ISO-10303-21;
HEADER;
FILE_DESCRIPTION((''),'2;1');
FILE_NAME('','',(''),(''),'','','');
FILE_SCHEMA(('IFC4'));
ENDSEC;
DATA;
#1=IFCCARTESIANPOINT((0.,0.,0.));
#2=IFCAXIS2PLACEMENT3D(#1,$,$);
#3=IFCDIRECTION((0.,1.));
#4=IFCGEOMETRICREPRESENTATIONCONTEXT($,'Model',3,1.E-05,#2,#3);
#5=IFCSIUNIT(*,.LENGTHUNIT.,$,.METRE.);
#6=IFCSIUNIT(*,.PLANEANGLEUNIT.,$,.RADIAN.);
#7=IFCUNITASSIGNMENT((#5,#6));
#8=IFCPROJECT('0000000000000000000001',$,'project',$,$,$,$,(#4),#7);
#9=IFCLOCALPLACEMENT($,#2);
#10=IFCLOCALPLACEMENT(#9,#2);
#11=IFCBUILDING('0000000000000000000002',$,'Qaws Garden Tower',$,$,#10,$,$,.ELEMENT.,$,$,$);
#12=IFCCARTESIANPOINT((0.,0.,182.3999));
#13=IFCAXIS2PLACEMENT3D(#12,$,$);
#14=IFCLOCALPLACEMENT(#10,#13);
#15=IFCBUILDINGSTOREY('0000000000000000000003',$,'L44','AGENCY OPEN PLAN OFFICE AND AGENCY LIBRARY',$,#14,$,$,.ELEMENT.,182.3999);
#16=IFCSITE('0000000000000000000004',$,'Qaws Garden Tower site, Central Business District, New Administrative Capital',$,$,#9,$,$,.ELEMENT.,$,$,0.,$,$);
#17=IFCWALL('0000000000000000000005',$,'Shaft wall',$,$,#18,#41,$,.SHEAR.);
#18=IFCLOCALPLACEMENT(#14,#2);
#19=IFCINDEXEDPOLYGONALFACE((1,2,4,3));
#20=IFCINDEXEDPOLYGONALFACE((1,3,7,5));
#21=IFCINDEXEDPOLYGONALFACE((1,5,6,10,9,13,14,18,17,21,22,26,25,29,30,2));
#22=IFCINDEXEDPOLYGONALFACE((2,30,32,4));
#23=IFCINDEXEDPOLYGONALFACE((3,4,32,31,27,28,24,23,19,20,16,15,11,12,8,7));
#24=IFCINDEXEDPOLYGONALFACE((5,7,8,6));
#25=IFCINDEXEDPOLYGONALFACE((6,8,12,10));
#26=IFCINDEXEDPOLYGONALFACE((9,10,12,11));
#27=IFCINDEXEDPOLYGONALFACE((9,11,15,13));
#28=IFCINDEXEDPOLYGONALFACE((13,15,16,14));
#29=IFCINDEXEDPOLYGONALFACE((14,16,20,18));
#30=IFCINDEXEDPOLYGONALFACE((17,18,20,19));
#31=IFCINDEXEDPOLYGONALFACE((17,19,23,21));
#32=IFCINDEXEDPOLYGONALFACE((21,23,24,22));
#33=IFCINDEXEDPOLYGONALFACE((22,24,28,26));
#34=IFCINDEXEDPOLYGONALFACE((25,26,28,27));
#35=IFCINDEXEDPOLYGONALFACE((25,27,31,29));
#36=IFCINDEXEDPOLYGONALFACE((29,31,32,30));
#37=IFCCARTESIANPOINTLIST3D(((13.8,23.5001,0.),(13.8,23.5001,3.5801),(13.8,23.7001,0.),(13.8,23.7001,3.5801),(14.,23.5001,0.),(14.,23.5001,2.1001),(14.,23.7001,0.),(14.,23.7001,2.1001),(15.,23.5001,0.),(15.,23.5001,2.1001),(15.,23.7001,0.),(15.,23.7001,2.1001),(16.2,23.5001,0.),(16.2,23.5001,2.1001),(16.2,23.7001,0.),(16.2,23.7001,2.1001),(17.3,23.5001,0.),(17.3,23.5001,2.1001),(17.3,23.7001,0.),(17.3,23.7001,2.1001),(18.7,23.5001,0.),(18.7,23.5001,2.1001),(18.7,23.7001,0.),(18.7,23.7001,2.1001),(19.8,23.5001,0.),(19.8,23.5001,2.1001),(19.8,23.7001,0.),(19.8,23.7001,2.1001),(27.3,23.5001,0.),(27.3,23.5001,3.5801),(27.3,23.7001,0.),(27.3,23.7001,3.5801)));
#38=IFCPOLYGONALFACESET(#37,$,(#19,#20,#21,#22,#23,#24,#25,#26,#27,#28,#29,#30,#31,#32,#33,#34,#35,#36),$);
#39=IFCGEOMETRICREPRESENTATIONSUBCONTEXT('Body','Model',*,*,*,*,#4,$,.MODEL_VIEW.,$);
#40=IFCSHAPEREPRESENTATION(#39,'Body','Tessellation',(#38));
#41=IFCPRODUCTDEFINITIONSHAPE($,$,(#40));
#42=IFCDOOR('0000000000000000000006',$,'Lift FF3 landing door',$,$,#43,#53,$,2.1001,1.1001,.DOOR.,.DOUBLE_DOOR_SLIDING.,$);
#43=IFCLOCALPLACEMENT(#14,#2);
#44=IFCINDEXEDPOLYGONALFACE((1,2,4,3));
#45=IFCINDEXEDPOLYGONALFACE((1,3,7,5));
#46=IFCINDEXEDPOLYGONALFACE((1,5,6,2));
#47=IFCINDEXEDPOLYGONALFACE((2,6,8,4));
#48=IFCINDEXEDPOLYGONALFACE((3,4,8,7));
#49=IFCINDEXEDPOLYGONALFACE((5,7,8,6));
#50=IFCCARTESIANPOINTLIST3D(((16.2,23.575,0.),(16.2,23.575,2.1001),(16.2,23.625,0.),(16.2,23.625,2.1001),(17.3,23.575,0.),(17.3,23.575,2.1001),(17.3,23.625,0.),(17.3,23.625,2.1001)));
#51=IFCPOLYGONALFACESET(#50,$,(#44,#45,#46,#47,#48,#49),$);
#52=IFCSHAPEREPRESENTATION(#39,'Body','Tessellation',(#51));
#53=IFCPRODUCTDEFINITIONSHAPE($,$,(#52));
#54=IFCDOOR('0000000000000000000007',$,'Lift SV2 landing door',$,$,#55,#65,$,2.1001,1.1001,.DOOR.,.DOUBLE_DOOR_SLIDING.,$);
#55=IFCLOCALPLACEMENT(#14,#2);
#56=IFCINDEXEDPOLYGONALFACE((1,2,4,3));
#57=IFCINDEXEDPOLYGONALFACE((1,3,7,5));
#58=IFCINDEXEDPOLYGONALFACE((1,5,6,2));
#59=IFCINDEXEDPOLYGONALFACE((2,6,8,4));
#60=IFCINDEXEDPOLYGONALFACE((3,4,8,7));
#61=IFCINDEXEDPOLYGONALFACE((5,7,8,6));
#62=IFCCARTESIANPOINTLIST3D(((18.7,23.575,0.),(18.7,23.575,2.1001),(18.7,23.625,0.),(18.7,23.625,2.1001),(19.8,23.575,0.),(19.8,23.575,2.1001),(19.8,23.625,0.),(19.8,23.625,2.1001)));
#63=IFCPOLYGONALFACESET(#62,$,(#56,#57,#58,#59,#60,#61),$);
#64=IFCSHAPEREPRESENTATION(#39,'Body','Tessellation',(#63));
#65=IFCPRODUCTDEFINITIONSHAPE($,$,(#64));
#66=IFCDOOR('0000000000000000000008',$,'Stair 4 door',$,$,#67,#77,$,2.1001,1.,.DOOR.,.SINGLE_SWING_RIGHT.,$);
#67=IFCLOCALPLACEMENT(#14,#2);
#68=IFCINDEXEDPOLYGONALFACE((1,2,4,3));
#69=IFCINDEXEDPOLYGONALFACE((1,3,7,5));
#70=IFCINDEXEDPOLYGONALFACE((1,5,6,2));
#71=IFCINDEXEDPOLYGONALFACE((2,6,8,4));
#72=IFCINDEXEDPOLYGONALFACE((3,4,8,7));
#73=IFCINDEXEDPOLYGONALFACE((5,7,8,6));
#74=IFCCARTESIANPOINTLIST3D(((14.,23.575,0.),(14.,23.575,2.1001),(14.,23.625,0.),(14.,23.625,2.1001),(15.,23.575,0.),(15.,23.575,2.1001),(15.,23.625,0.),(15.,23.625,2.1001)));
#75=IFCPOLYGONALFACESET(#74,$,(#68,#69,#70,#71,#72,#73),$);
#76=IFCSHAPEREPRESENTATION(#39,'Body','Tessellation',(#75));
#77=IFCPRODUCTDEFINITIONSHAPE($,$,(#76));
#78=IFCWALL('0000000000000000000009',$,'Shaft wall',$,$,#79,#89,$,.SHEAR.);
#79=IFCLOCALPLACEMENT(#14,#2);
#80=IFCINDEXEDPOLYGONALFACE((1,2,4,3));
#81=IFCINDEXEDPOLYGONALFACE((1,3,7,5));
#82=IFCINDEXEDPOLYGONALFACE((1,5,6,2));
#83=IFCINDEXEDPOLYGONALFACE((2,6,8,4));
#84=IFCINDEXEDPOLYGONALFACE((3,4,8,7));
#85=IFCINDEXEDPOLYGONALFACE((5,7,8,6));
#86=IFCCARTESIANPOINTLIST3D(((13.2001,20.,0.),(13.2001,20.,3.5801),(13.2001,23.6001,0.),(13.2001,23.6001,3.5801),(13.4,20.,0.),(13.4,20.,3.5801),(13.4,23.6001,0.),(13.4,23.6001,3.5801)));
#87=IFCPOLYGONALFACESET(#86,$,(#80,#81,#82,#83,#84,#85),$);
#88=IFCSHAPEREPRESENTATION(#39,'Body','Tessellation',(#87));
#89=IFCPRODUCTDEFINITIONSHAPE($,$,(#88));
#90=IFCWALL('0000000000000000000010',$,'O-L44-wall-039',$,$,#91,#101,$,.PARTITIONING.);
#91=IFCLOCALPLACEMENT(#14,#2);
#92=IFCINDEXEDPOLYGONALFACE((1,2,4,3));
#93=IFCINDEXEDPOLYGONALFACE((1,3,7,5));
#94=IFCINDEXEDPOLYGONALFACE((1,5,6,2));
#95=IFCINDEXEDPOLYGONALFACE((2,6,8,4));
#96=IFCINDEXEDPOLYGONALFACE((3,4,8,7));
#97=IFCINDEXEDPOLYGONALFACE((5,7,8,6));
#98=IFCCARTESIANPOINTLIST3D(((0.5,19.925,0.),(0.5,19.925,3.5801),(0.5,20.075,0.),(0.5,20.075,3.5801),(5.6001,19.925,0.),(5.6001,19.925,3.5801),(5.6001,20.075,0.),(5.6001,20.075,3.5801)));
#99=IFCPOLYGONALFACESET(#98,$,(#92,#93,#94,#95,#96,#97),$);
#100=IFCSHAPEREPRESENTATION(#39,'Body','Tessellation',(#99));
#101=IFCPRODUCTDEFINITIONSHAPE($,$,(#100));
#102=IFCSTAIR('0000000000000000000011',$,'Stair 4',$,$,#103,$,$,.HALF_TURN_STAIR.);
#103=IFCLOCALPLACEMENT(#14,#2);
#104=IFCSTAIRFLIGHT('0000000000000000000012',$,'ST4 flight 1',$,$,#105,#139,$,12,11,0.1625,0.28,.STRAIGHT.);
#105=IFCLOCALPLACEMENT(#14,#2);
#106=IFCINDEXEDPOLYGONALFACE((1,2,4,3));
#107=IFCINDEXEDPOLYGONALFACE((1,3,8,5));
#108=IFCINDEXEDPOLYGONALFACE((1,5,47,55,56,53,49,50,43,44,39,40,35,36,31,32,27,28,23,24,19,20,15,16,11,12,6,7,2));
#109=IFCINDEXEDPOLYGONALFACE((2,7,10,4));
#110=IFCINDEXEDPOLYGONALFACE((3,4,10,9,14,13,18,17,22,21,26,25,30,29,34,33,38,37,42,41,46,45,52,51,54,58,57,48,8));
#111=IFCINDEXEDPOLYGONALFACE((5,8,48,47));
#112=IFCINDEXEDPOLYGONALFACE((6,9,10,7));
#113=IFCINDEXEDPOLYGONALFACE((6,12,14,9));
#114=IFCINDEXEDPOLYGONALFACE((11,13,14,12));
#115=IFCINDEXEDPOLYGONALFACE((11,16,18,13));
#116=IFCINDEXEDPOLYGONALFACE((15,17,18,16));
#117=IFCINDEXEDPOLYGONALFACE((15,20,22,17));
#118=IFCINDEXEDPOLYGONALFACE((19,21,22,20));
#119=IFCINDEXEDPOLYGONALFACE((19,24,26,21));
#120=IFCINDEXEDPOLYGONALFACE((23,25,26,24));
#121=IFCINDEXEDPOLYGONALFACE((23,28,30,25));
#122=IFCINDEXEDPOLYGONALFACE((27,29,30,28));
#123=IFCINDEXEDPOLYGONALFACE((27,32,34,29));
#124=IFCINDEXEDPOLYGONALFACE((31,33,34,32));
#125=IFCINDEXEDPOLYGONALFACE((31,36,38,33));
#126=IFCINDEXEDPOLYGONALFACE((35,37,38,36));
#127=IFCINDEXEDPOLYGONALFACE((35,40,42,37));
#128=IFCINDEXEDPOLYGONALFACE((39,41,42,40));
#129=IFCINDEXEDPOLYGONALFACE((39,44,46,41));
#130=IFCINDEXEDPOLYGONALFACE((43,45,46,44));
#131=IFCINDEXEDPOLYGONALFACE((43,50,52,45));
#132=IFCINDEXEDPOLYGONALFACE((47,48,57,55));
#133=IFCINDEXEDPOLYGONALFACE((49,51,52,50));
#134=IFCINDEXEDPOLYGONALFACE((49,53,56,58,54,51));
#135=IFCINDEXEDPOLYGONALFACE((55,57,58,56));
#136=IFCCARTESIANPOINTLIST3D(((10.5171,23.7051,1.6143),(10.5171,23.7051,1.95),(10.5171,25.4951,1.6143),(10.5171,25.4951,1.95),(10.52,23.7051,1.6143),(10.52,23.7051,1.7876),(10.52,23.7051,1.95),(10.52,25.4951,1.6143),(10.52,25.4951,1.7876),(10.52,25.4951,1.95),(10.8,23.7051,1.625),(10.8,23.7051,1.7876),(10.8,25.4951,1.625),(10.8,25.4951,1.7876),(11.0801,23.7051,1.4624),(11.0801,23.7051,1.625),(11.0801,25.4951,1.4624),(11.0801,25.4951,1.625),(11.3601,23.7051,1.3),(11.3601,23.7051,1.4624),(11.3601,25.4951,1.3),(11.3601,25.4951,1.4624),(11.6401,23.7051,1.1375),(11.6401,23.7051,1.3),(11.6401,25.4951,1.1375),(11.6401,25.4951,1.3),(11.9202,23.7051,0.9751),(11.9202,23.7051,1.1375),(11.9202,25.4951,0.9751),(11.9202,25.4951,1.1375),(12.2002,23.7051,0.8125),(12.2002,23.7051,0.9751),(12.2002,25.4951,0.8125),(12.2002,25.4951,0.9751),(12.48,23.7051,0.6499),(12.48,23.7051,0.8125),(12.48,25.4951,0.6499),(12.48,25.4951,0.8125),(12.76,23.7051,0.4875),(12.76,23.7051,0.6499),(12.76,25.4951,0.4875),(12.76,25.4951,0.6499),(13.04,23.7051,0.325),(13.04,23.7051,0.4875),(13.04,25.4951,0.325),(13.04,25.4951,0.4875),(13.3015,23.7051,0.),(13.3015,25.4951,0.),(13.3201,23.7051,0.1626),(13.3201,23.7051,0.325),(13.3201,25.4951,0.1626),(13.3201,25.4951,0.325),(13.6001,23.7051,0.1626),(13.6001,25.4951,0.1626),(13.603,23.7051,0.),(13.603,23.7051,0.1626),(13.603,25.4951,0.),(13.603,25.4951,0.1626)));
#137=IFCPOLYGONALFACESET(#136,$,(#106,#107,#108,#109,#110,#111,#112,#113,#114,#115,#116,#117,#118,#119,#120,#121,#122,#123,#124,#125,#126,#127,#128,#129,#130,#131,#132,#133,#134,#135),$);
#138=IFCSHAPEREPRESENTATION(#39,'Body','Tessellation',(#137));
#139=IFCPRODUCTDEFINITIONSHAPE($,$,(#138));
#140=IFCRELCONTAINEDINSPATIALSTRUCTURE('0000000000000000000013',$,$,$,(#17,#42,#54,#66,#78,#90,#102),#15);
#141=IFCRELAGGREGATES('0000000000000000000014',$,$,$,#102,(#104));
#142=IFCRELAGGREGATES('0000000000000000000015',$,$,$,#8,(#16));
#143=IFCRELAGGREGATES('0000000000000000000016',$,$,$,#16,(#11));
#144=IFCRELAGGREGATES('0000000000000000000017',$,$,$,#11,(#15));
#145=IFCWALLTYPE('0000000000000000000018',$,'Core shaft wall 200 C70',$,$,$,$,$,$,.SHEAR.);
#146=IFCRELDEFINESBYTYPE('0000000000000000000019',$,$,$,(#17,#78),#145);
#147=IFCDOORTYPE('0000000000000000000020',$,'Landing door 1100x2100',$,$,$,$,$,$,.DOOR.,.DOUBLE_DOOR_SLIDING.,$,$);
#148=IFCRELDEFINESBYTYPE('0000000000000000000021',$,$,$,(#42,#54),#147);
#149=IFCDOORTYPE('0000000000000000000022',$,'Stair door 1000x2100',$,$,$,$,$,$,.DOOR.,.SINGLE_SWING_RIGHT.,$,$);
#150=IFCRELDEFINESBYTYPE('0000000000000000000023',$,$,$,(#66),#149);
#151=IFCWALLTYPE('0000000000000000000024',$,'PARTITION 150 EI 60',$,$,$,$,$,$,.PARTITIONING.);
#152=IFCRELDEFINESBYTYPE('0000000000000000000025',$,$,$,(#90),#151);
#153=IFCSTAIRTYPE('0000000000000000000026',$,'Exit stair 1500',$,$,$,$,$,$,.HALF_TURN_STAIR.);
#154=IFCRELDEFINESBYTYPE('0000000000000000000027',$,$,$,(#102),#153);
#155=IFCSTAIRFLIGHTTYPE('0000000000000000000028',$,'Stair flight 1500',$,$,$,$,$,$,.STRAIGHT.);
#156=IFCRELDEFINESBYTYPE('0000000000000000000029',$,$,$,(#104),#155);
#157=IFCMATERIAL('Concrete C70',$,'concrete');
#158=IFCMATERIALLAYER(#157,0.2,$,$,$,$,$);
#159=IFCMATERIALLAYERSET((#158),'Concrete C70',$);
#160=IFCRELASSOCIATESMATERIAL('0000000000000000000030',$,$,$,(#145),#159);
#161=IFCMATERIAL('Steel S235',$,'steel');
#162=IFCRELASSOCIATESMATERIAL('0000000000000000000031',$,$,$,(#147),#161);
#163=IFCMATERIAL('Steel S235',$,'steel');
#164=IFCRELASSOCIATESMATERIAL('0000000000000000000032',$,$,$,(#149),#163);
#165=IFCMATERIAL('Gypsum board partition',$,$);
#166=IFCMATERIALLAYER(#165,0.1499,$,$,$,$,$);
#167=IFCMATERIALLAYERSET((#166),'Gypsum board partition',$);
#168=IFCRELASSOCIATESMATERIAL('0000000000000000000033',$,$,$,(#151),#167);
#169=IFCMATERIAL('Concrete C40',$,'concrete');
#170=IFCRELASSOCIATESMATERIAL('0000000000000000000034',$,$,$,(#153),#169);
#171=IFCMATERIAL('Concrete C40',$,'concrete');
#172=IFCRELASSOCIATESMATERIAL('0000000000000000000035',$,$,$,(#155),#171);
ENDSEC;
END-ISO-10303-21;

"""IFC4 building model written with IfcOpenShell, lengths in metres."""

from ifc_helpers import new_model, si_unit, direction, frame, frame_2d, origin, place, context, subcontext, project, spatial, polyline, rectangle, outline, extrude, material, layer, layer_set, type_object, element, fill, aggregate, save


model = new_model("IFC4")

# Units and contexts
model_context = context("Model", 3, precision=1e-05, world=origin(), true_north=direction((0.0, 1.0)))
body_context = subcontext(model_context, "Body", "Model", "MODEL_VIEW")
ifc_project = project(units=[si_unit("LENGTHUNIT", "METRE"), si_unit("PLANEANGLEUNIT", "RADIAN")], contexts=[model_context])

# Site, building, storey
site_placement = place(None, origin())
site = spatial("IfcSite", under=ifc_project, at=site_placement, Name="Qaws Garden Tower site, Central Business District, New Administrative Capital", CompositionType="ELEMENT", RefElevation=0.0)
building_placement = place(site_placement, origin())
building = spatial("IfcBuilding", under=site, at=building_placement, Name="Qaws Garden Tower", CompositionType="ELEMENT")
storey_placement = place(building_placement, frame((0.0, 0.0, 182.3999)))
storey = spatial("IfcBuildingStorey", under=building, at=storey_placement, Name="L44", Description="AGENCY OPEN PLAN OFFICE AND AGENCY LIBRARY", CompositionType="ELEMENT", Elevation=182.3999)

# Shared definitions
ifc_material_1 = material(Name="Concrete C70", Category="concrete")
ifc_layer_1 = layer(ifc_material_1, 0.2)
ifc_layer_set_1 = layer_set([ifc_layer_1], Name="Concrete C70")
wall_type_1 = type_object("IfcWallType", Name="Core shaft wall 200 C70", PredefinedType="SHEAR", material=ifc_layer_set_1)

# Wall, openings, doors
wall_1_placement = place(storey_placement, frame((13.8, 23.6001, 0.0), z_axis=(0.0, 0.0, 1.0), x_axis=(1.0, 0.0, 0.0)))
wall_1 = element("IfcWall", 1, at=wall_1_placement, inside=storey, type_object=wall_type_1, Name="Shaft wall", PredefinedType="SHEAR", context=body_context, shape_type="SweptSolid", body=[
    extrude(rectangle(XDim=13.5, YDim=0.2, at=frame_2d((6.75, 0.0))), origin(), (0.0, 0.0, 1.0), 3.5801),
])
opening_1_placement = place(wall_1_placement, frame((2.3999, 0.0, 0.0)))
opening_1 = element("IfcOpeningElement", 2, at=opening_1_placement, cuts=wall_1, PredefinedType="OPENING", context=body_context, shape_type="SweptSolid", body=[
    extrude(rectangle(XDim=1.1001, YDim=2.1001, at=frame_2d((0.55, 1.05))), frame((0.0, 0.1099, 0.0), z_axis=(0.0, -1.0, 0.0), x_axis=(1.0, 0.0, 0.0)), (0.0, 0.0, 1.0), 0.22),
])
opening_2_placement = place(wall_1_placement, frame((4.8999, 0.0, 0.0)))
opening_2 = element("IfcOpeningElement", 3, at=opening_2_placement, cuts=wall_1, PredefinedType="OPENING", context=body_context, shape_type="SweptSolid", body=[
    extrude(rectangle(XDim=1.1001, YDim=2.1001, at=frame_2d((0.55, 1.05))), frame((0.0, 0.1099, 0.0), z_axis=(0.0, -1.0, 0.0), x_axis=(1.0, 0.0, 0.0)), (0.0, 0.0, 1.0), 0.22),
])
opening_3_placement = place(wall_1_placement, frame((0.2, 0.0, 0.0)))
opening_3 = element("IfcOpeningElement", 4, at=opening_3_placement, cuts=wall_1, PredefinedType="OPENING", context=body_context, shape_type="SweptSolid", body=[
    extrude(rectangle(XDim=1.0, YDim=2.1001, at=frame_2d((0.5, 1.05))), frame((0.0, 0.1099, 0.0), z_axis=(0.0, -1.0, 0.0), x_axis=(1.0, 0.0, 0.0)), (0.0, 0.0, 1.0), 0.22),
])
ifc_material_2 = material(Name="Steel S235", Category="steel")
door_type_1 = type_object("IfcDoorType", Name="Landing door 1100x2100", OperationType="DOUBLE_DOOR_SLIDING", PredefinedType="DOOR", material=ifc_material_2)
door_1_placement = place(opening_1_placement, origin())
door_1 = element("IfcDoor", 5, at=door_1_placement, inside=storey, type_object=door_type_1, Name="Lift FF3 landing door", OperationType="DOUBLE_DOOR_SLIDING", OverallHeight=2.1001, OverallWidth=1.1001, PredefinedType="DOOR", context=body_context, shape_type="SweptSolid", body=[
    extrude(rectangle(XDim=1.1001, YDim=2.1001, at=frame_2d((0.55, 1.05))), frame((0.0, 0.0249, 0.0), z_axis=(0.0, -1.0, 0.0), x_axis=(1.0, 0.0, 0.0)), (0.0, 0.0, 1.0), 0.05),
])
fill(opening_1, door_1)
door_2_placement = place(opening_2_placement, origin())
door_2 = element("IfcDoor", 6, at=door_2_placement, inside=storey, type_object=door_type_1, Name="Lift SV2 landing door", OperationType="DOUBLE_DOOR_SLIDING", OverallHeight=2.1001, OverallWidth=1.1001, PredefinedType="DOOR", context=body_context, shape_type="SweptSolid", body=[
    extrude(rectangle(XDim=1.1001, YDim=2.1001, at=frame_2d((0.55, 1.05))), frame((0.0, 0.0249, 0.0), z_axis=(0.0, -1.0, 0.0), x_axis=(1.0, 0.0, 0.0)), (0.0, 0.0, 1.0), 0.05),
])
fill(opening_2, door_2)
ifc_material_3 = material(Name="Steel S235", Category="steel")
door_type_2 = type_object("IfcDoorType", Name="Stair door 1000x2100", OperationType="SINGLE_SWING_RIGHT", PredefinedType="DOOR", material=ifc_material_3)
door_3_placement = place(opening_3_placement, origin())
door_3 = element("IfcDoor", 7, at=door_3_placement, inside=storey, type_object=door_type_2, Name="Stair 4 door", OperationType="SINGLE_SWING_RIGHT", OverallHeight=2.1001, OverallWidth=1.0, PredefinedType="DOOR", context=body_context, shape_type="SweptSolid", body=[
    extrude(rectangle(XDim=1.0, YDim=2.1001, at=frame_2d((0.5, 1.05))), frame((0.0, 0.0249, 0.0), z_axis=(0.0, -1.0, 0.0), x_axis=(1.0, 0.0, 0.0)), (0.0, 0.0, 1.0), 0.05),
])
fill(opening_3, door_3)

# Walls
wall_2_placement = place(storey_placement, frame((13.3, 20.0, 0.0), z_axis=(0.0, 0.0, 1.0), x_axis=(0.0, 1.0, 0.0)))
element("IfcWall", 8, at=wall_2_placement, inside=storey, type_object=wall_type_1, Name="Shaft wall", PredefinedType="SHEAR", context=body_context, shape_type="SweptSolid", body=[
    extrude(rectangle(XDim=3.6001, YDim=0.2, at=frame_2d((1.8, 0.0))), origin(), (0.0, 0.0, 1.0), 3.5801),
])
ifc_material_4 = material(Name="Gypsum board partition")
ifc_layer_2 = layer(ifc_material_4, 0.1499)
ifc_layer_set_2 = layer_set([ifc_layer_2], Name="Gypsum board partition")
wall_type_2 = type_object("IfcWallType", Name="PARTITION 150 EI 60", PredefinedType="PARTITIONING", material=ifc_layer_set_2)
wall_3_placement = place(storey_placement, frame((0.5, 20.0, 0.0), z_axis=(0.0, 0.0, 1.0), x_axis=(1.0, 0.0, 0.0)))
element("IfcWall", 9, at=wall_3_placement, inside=storey, type_object=wall_type_2, Name="O-L44-wall-039", PredefinedType="PARTITIONING", context=body_context, shape_type="SweptSolid", body=[
    extrude(rectangle(XDim=5.1001, YDim=0.1499, at=frame_2d((2.55, 0.0))), origin(), (0.0, 0.0, 1.0), 3.5801),
])

# Stair, stair flight
ifc_material_5 = material(Name="Concrete C40", Category="concrete")
stair_type = type_object("IfcStairType", Name="Exit stair 1500", PredefinedType="HALF_TURN_STAIR", material=ifc_material_5)
stair_placement = place(storey_placement, origin())
stair = element("IfcStair", 10, at=stair_placement, inside=storey, type_object=stair_type, Name="Stair 4", PredefinedType="HALF_TURN_STAIR")
ifc_material_6 = material(Name="Concrete C40", Category="concrete")
stair_flight_type = type_object("IfcStairFlightType", Name="Stair flight 1500", PredefinedType="STRAIGHT", material=ifc_material_6)
stair_flight_placement = place(storey_placement, frame((13.6001, 24.6001, 0.0), z_axis=(0.0, 0.0, 1.0), x_axis=(-1.0, 0.0, 0.0)))
stair_flight = element("IfcStairFlight", 11, at=stair_flight_placement, type_object=stair_flight_type, Name="ST4 flight 1", NumberOfRisers=12, NumberOfTreads=11, PredefinedType="STRAIGHT", RiserHeight=0.1625, TreadLength=0.28, context=body_context, shape_type="SweptSolid", body=[
    extrude(outline(polyline([(-0.0029, 0.0), (-0.0029, 0.1626), (0.0, 0.1626), (0.28, 0.1626), (0.28, 0.325), (0.5601, 0.325), (0.5601, 0.4875), (0.8401, 0.4875), (0.8401, 0.6499), (1.1201, 0.6499), (1.1201, 0.8125), (1.3999, 0.8125), (1.3999, 0.9751), (1.6799, 0.9751), (1.6799, 1.1375), (1.96, 1.1375), (1.96, 1.3), (2.24, 1.3), (2.24, 1.4624), (2.52, 1.4624), (2.52, 1.625), (2.8, 1.625), (2.8, 1.7876), (3.0801, 1.7876), (3.0801, 1.95), (3.083, 1.95), (3.083, 1.6143), (3.0801, 1.6143), (0.2986, 0.0), (-0.0029, 0.0)])), frame((0.0, 0.895, 0.0), z_axis=(0.0, -1.0, 0.0), x_axis=(1.0, 0.0, 0.0)), (0.0, 0.0, 1.0), 1.79),
])
aggregate(stair, [stair_flight])

save(model, "model.ifc")
